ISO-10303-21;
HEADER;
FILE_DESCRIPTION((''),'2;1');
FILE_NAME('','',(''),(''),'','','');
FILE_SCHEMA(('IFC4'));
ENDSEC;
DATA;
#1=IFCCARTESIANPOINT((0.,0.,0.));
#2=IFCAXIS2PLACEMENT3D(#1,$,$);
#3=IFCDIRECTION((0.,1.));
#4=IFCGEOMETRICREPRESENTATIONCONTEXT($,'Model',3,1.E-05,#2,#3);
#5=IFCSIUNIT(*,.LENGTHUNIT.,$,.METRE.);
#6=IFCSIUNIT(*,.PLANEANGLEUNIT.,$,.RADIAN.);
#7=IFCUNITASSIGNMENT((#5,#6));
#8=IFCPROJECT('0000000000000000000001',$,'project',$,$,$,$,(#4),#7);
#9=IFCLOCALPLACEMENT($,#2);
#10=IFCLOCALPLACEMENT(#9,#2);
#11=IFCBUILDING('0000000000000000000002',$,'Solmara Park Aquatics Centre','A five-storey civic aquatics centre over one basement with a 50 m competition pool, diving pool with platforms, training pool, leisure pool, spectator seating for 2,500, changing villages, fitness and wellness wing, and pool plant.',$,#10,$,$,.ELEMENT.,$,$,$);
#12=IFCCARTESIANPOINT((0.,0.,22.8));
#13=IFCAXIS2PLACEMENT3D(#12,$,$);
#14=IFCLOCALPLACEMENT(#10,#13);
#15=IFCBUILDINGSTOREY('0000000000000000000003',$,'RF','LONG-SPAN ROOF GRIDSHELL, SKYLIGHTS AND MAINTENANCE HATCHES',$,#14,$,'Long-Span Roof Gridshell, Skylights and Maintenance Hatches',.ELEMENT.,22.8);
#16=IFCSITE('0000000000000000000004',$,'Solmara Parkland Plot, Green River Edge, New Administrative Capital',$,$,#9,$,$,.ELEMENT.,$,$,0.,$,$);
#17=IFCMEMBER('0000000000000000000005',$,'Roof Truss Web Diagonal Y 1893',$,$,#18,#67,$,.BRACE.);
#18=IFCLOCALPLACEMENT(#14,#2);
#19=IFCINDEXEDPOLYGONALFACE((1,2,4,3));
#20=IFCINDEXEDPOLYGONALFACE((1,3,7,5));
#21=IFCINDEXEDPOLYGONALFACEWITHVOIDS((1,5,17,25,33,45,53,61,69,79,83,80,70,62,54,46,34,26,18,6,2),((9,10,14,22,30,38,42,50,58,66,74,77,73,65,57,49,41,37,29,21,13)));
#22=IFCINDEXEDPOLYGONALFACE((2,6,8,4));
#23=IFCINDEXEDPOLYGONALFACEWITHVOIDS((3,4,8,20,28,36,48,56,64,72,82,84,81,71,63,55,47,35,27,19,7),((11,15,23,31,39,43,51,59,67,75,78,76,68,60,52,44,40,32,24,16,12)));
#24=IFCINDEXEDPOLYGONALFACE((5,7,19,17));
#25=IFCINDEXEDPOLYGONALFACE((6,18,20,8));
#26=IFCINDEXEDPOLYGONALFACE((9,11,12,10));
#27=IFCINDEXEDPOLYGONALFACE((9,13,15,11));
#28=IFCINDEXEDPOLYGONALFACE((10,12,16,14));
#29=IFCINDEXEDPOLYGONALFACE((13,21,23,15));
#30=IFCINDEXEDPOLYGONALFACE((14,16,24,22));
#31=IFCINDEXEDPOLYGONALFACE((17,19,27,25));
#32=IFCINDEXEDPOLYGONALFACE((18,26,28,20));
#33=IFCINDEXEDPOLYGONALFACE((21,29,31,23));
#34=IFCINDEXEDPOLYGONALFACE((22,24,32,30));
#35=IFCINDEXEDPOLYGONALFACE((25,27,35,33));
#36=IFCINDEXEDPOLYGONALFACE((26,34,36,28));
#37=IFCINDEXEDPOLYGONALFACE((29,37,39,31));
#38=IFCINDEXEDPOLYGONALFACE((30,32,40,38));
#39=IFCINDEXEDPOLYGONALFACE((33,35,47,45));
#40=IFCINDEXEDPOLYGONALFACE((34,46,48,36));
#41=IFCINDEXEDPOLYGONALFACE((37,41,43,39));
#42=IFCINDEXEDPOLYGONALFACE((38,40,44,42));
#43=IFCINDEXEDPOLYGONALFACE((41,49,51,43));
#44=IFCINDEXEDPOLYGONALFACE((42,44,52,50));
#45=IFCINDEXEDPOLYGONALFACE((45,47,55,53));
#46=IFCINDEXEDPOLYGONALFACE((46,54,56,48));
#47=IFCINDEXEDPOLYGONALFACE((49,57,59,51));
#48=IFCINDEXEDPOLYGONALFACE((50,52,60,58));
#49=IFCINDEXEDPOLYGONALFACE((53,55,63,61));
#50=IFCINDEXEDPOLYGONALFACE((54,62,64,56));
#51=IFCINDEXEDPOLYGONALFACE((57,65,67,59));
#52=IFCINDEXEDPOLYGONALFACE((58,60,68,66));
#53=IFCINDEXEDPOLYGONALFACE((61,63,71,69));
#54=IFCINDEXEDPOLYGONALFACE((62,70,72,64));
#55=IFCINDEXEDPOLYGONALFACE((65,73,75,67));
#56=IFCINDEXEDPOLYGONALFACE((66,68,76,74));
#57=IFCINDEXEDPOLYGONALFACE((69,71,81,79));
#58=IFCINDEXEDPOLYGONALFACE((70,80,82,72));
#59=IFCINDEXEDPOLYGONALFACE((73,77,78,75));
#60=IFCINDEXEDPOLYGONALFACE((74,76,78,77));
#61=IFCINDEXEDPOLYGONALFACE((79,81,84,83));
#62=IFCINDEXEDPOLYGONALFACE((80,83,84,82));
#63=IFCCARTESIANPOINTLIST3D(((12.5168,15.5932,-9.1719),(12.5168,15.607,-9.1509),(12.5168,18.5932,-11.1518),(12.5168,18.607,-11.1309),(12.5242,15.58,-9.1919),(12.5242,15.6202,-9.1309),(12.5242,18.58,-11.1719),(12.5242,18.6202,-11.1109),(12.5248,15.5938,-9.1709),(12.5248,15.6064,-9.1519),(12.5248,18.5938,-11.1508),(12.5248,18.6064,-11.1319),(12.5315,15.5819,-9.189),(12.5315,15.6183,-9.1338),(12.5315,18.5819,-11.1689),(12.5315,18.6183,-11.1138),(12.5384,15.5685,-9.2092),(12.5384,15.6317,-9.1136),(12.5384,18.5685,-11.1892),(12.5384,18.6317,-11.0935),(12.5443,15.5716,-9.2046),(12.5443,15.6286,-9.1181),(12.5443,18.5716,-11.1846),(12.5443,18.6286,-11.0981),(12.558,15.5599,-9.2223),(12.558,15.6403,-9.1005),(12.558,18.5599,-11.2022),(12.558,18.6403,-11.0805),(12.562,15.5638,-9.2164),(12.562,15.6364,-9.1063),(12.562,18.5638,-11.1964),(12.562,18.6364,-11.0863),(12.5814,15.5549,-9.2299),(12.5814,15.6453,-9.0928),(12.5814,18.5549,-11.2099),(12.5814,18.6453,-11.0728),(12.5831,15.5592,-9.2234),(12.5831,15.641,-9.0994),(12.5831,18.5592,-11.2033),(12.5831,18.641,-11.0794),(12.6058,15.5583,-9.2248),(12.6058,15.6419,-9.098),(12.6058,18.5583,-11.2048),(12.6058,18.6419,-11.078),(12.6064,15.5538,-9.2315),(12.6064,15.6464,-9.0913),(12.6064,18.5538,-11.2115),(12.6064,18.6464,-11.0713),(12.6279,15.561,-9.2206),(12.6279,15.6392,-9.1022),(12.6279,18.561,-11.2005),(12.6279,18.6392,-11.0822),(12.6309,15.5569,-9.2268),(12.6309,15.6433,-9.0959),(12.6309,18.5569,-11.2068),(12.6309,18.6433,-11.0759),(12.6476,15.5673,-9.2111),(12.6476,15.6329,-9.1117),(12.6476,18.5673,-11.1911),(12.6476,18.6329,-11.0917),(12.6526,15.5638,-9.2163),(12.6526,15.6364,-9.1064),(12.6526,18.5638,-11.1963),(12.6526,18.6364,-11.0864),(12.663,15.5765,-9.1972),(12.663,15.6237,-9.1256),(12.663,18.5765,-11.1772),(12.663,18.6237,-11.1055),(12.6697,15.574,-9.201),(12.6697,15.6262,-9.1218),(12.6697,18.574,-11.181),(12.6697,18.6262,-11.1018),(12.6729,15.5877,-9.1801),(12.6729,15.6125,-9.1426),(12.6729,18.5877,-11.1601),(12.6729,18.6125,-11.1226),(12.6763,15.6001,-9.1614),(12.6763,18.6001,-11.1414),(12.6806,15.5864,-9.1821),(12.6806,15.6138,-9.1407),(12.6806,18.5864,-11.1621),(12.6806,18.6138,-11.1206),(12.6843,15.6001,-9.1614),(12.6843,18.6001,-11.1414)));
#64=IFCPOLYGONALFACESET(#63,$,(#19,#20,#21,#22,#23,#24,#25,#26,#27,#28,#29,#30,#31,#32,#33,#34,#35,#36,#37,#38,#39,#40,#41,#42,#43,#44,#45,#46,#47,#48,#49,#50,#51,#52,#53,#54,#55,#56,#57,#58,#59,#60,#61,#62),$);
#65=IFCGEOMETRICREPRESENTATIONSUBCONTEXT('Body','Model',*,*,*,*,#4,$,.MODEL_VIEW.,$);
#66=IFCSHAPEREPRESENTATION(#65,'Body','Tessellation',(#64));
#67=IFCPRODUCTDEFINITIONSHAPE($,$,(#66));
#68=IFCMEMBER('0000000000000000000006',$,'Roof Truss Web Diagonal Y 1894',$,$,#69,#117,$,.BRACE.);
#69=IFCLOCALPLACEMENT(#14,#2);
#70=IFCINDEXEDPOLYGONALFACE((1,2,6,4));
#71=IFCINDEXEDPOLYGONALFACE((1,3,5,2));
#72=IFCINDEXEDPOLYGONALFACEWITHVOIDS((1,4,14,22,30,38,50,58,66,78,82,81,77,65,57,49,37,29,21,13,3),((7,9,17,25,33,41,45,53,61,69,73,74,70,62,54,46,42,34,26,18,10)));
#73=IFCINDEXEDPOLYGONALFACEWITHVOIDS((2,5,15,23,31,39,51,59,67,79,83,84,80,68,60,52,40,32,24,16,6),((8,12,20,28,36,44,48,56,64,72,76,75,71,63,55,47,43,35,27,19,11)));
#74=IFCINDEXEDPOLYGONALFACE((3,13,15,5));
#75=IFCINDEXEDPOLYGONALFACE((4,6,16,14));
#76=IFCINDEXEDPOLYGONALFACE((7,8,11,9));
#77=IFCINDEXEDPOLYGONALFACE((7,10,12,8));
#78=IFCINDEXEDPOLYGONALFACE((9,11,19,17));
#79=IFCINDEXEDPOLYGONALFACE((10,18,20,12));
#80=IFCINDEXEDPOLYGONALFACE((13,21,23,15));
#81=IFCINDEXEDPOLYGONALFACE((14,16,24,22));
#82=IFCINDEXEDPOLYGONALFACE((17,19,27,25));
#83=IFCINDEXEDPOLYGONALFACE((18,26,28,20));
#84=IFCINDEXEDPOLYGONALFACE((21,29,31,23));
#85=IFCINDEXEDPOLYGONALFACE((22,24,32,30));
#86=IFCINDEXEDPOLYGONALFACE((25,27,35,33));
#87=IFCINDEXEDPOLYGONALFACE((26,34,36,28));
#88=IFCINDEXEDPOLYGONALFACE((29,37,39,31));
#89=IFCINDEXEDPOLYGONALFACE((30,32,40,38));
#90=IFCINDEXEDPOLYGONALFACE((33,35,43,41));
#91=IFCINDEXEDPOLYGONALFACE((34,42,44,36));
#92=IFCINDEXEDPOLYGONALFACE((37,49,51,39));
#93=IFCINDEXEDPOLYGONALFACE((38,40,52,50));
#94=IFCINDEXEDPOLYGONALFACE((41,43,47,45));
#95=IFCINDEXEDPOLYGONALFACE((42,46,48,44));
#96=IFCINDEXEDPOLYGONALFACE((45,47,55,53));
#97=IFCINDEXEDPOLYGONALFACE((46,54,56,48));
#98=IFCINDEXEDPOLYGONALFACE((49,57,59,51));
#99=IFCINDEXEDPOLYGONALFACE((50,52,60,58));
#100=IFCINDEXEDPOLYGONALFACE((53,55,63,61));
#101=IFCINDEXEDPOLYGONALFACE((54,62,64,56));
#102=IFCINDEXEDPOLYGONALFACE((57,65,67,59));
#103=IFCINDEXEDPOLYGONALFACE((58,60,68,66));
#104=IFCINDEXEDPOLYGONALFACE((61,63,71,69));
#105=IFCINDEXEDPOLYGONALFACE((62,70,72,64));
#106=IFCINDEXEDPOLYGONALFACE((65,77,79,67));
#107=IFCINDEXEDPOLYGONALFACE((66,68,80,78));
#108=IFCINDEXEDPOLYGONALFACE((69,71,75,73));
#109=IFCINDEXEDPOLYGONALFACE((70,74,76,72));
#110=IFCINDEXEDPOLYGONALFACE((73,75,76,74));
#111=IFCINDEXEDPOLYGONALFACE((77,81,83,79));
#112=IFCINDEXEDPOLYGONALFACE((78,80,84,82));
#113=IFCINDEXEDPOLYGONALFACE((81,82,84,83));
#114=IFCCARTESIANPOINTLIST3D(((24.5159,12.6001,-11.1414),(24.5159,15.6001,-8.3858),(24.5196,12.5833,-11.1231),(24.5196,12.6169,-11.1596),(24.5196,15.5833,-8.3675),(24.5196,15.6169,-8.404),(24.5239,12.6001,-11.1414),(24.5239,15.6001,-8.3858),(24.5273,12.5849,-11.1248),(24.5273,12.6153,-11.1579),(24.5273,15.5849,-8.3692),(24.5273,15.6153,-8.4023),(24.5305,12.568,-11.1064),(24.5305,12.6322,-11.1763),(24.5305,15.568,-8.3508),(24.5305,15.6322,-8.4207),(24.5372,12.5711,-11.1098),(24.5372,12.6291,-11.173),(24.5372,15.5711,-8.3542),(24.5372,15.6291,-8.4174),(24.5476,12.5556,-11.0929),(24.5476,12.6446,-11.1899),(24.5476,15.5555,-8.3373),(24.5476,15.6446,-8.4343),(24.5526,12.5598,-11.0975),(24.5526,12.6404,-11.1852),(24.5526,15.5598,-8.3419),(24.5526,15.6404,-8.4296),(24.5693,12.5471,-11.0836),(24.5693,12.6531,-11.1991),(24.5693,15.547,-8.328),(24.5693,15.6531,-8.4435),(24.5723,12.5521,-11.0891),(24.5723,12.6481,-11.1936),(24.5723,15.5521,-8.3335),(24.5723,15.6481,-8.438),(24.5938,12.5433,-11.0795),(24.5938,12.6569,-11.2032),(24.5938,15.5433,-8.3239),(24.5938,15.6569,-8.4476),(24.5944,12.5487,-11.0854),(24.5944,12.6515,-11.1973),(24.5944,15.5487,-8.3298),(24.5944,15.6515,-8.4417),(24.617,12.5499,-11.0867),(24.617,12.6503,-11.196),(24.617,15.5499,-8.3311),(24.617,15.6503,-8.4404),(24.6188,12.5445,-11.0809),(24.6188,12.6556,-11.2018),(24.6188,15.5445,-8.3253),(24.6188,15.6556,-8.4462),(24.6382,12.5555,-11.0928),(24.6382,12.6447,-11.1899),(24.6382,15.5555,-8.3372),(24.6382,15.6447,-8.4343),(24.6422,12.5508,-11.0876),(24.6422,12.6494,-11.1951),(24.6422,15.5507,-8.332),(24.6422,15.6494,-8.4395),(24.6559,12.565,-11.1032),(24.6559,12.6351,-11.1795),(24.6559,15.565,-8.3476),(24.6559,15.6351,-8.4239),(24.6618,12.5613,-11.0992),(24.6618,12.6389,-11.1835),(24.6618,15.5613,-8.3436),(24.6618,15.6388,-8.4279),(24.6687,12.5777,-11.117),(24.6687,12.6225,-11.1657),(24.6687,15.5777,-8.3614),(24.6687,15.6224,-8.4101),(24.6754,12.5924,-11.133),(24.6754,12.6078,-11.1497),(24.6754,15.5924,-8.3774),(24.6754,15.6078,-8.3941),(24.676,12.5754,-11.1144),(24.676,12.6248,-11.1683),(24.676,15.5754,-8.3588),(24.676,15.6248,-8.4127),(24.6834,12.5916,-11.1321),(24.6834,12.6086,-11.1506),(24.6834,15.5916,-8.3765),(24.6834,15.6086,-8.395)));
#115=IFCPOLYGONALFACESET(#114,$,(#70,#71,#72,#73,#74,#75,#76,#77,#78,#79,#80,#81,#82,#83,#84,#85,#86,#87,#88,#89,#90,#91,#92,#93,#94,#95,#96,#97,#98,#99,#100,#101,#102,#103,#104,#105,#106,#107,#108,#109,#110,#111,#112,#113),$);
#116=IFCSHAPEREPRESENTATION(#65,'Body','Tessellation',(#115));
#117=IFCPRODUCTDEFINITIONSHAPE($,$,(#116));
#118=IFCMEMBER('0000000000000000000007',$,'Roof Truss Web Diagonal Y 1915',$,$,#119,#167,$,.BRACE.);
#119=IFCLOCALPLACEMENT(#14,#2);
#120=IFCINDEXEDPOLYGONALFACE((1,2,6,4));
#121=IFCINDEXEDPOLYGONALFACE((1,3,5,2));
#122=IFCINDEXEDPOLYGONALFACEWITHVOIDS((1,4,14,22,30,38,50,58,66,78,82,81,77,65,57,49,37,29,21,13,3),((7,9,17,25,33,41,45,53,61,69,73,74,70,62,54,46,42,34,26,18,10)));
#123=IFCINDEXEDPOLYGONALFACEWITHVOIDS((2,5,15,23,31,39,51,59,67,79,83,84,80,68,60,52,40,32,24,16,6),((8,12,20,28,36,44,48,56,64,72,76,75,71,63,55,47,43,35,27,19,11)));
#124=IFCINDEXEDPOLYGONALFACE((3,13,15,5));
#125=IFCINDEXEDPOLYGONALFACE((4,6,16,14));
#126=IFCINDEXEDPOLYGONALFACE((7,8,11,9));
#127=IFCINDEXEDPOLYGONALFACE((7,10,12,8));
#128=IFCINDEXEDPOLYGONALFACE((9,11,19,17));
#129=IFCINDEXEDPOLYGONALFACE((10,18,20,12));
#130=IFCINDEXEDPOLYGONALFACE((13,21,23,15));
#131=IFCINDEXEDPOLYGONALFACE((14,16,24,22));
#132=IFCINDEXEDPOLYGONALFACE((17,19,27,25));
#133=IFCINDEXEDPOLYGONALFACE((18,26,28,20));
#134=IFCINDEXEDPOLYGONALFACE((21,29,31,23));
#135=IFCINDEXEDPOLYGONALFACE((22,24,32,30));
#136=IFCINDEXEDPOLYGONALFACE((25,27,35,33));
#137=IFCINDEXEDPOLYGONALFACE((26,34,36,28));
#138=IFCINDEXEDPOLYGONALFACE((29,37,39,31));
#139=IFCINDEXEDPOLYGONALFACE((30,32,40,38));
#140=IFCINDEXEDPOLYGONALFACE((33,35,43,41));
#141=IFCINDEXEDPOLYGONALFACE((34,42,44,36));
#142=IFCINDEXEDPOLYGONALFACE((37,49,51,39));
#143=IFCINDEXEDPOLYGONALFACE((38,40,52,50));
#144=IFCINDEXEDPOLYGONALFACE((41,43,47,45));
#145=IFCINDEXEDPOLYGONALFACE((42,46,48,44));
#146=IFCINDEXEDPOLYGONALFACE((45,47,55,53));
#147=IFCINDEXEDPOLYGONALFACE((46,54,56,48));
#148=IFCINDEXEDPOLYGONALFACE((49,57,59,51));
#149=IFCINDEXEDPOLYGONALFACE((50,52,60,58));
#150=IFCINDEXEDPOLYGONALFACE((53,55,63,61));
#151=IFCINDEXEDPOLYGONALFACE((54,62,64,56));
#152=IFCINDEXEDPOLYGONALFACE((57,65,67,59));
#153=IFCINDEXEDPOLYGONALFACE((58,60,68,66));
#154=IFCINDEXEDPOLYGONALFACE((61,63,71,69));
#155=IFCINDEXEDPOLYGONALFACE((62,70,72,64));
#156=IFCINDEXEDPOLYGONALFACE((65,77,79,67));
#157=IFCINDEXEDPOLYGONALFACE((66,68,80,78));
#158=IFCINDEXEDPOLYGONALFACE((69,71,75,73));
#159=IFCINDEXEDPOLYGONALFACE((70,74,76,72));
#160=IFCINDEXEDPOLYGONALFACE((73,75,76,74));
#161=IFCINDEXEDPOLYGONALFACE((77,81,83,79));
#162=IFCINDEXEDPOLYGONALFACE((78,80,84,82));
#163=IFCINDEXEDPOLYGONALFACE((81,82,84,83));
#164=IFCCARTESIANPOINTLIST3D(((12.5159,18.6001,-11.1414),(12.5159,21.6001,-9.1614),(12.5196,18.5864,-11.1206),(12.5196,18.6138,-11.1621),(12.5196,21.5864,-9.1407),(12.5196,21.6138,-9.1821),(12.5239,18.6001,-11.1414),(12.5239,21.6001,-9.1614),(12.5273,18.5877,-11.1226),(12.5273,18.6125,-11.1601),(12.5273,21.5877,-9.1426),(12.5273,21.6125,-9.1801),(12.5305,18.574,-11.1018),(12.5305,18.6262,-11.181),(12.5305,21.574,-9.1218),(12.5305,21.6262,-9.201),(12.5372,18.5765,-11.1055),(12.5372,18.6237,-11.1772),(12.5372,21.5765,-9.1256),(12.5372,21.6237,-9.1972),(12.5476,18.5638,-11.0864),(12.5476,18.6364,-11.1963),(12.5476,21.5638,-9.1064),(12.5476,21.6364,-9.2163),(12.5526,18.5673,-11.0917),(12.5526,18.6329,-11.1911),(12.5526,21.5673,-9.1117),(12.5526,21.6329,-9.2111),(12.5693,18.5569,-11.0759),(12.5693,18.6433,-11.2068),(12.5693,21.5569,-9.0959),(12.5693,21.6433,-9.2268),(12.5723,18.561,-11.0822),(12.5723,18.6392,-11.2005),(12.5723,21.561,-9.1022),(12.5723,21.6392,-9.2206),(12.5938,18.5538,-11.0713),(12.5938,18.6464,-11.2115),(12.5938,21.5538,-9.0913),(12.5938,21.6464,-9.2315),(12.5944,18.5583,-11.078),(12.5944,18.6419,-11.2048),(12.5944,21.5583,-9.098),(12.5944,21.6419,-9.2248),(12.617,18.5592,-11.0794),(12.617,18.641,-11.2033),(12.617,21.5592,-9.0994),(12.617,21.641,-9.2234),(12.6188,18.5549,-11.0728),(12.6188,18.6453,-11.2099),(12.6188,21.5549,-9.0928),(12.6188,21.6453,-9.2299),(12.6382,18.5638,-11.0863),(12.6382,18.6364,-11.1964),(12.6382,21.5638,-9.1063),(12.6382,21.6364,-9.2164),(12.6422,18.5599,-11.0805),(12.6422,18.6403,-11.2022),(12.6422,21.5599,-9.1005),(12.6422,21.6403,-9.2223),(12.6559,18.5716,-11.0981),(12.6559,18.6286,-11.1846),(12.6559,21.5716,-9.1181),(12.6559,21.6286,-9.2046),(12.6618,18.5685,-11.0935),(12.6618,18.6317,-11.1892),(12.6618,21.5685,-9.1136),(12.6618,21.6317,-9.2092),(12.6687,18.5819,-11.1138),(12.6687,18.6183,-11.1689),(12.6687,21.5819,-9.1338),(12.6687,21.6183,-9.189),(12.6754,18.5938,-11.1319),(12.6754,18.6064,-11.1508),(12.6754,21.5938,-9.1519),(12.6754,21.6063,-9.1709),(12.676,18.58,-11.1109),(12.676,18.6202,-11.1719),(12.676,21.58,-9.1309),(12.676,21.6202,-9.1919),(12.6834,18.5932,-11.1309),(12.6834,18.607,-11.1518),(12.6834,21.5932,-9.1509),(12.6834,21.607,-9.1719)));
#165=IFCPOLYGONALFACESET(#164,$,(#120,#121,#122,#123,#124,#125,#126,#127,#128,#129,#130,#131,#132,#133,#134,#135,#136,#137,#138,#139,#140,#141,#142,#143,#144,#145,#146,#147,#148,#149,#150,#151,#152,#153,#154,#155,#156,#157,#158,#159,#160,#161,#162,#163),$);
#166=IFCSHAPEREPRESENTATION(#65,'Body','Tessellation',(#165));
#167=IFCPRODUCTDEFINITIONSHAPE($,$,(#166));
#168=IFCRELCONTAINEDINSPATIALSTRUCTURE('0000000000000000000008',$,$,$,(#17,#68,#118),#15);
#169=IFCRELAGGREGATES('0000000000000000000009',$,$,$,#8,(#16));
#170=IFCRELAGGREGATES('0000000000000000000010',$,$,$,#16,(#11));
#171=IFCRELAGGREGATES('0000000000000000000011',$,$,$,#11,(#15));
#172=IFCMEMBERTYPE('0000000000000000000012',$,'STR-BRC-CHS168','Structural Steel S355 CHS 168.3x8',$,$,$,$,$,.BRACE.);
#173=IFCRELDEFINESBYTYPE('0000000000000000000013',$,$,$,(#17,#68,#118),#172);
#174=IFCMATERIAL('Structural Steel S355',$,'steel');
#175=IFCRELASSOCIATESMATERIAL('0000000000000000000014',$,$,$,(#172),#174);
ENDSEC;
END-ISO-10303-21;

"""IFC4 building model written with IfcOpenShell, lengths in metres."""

from ifc_helpers import new_model, si_unit, direction, frame, origin, origin_2d, place, context, subcontext, project, spatial, hollow_circle, extrude, material, material_profile, profile_set, type_object, element, save


model = new_model("IFC4")

# Units and contexts
model_context = context("Model", 3, precision=1e-05, world=origin(), true_north=direction((0.0, 1.0)))
body_context = subcontext(model_context, "Body", "Model", "MODEL_VIEW")
ifc_project = project(units=[si_unit("LENGTHUNIT", "METRE"), si_unit("PLANEANGLEUNIT", "RADIAN")], contexts=[model_context])

# Site, building, storey
site_placement = place(None, origin())
site = spatial("IfcSite", under=ifc_project, at=site_placement, Name="Solmara Parkland Plot, Green River Edge, New Administrative Capital", CompositionType="ELEMENT", RefElevation=0.0)
building_placement = place(site_placement, origin())
building = spatial("IfcBuilding", under=site, at=building_placement, Name="Solmara Park Aquatics Centre", Description="A five-storey civic aquatics centre over one basement with a 50 m competition pool, diving pool with platforms, training pool, leisure pool, spectator seating for 2,500, changing villages, fitness and wellness wing, and pool plant.", CompositionType="ELEMENT")
storey_placement = place(building_placement, frame((0.0, 0.0, 22.8)))
storey = spatial("IfcBuildingStorey", under=building, at=storey_placement, Name="RF", Description="LONG-SPAN ROOF GRIDSHELL, SKYLIGHTS AND MAINTENANCE HATCHES", LongName="Long-Span Roof Gridshell, Skylights and Maintenance Hatches", CompositionType="ELEMENT", Elevation=22.8)

# Members
ifc_material_1 = material(Name="Structural Steel S355", Category="steel")
ifc_material_profile_1 = material_profile(ifc_material_1, hollow_circle(Radius=0.0842, WallThickness=0.0081, at=origin_2d()), Name="CHS 168.3x8")
ifc_profile_set_1 = profile_set([ifc_material_profile_1], Name="Structural Steel S355")
member_type_1 = type_object("IfcMemberType", Name="STR-BRC-CHS168", Description="Structural Steel S355 CHS 168.3x8", PredefinedType="BRACE", material=ifc_profile_set_1)
member_1_placement = place(storey_placement, frame((12.6001, 18.6001, -11.1414), z_axis=(0.0, -0.834612, 0.550838), x_axis=(1.0, 0.0, 0.0)))
element("IfcMember", 1, at=member_1_placement, inside=storey, type_object=member_type_1, Name="Roof Truss Web Diagonal Y 1893", PredefinedType="BRACE", context=body_context, shape_type="SweptSolid", body=[
    extrude(hollow_circle(Radius=0.0842, WallThickness=0.0081, at=origin_2d()), origin(), (0.0, 0.0, 1.0), 3.5945),
])
member_2_placement = place(storey_placement, frame((24.6001, 12.6001, -11.1414), z_axis=(0.0, 0.736467, 0.676473), x_axis=(-1.0, 0.0, 0.0)))
element("IfcMember", 2, at=member_2_placement, inside=storey, type_object=member_type_1, Name="Roof Truss Web Diagonal Y 1894", PredefinedType="BRACE", context=body_context, shape_type="SweptSolid", body=[
    extrude(hollow_circle(Radius=0.0842, WallThickness=0.0081, at=origin_2d()), origin(), (0.0, 0.0, 1.0), 4.0735),
])
member_3_placement = place(storey_placement, frame((12.6001, 18.6001, -11.1414), z_axis=(0.0, 0.834612, 0.550838), x_axis=(-1.0, 0.0, 0.0)))
element("IfcMember", 3, at=member_3_placement, inside=storey, type_object=member_type_1, Name="Roof Truss Web Diagonal Y 1915", PredefinedType="BRACE", context=body_context, shape_type="SweptSolid", body=[
    extrude(hollow_circle(Radius=0.0842, WallThickness=0.0081, at=origin_2d()), origin(), (0.0, 0.0, 1.0), 3.5945),
])

save(model, "model.ifc")
